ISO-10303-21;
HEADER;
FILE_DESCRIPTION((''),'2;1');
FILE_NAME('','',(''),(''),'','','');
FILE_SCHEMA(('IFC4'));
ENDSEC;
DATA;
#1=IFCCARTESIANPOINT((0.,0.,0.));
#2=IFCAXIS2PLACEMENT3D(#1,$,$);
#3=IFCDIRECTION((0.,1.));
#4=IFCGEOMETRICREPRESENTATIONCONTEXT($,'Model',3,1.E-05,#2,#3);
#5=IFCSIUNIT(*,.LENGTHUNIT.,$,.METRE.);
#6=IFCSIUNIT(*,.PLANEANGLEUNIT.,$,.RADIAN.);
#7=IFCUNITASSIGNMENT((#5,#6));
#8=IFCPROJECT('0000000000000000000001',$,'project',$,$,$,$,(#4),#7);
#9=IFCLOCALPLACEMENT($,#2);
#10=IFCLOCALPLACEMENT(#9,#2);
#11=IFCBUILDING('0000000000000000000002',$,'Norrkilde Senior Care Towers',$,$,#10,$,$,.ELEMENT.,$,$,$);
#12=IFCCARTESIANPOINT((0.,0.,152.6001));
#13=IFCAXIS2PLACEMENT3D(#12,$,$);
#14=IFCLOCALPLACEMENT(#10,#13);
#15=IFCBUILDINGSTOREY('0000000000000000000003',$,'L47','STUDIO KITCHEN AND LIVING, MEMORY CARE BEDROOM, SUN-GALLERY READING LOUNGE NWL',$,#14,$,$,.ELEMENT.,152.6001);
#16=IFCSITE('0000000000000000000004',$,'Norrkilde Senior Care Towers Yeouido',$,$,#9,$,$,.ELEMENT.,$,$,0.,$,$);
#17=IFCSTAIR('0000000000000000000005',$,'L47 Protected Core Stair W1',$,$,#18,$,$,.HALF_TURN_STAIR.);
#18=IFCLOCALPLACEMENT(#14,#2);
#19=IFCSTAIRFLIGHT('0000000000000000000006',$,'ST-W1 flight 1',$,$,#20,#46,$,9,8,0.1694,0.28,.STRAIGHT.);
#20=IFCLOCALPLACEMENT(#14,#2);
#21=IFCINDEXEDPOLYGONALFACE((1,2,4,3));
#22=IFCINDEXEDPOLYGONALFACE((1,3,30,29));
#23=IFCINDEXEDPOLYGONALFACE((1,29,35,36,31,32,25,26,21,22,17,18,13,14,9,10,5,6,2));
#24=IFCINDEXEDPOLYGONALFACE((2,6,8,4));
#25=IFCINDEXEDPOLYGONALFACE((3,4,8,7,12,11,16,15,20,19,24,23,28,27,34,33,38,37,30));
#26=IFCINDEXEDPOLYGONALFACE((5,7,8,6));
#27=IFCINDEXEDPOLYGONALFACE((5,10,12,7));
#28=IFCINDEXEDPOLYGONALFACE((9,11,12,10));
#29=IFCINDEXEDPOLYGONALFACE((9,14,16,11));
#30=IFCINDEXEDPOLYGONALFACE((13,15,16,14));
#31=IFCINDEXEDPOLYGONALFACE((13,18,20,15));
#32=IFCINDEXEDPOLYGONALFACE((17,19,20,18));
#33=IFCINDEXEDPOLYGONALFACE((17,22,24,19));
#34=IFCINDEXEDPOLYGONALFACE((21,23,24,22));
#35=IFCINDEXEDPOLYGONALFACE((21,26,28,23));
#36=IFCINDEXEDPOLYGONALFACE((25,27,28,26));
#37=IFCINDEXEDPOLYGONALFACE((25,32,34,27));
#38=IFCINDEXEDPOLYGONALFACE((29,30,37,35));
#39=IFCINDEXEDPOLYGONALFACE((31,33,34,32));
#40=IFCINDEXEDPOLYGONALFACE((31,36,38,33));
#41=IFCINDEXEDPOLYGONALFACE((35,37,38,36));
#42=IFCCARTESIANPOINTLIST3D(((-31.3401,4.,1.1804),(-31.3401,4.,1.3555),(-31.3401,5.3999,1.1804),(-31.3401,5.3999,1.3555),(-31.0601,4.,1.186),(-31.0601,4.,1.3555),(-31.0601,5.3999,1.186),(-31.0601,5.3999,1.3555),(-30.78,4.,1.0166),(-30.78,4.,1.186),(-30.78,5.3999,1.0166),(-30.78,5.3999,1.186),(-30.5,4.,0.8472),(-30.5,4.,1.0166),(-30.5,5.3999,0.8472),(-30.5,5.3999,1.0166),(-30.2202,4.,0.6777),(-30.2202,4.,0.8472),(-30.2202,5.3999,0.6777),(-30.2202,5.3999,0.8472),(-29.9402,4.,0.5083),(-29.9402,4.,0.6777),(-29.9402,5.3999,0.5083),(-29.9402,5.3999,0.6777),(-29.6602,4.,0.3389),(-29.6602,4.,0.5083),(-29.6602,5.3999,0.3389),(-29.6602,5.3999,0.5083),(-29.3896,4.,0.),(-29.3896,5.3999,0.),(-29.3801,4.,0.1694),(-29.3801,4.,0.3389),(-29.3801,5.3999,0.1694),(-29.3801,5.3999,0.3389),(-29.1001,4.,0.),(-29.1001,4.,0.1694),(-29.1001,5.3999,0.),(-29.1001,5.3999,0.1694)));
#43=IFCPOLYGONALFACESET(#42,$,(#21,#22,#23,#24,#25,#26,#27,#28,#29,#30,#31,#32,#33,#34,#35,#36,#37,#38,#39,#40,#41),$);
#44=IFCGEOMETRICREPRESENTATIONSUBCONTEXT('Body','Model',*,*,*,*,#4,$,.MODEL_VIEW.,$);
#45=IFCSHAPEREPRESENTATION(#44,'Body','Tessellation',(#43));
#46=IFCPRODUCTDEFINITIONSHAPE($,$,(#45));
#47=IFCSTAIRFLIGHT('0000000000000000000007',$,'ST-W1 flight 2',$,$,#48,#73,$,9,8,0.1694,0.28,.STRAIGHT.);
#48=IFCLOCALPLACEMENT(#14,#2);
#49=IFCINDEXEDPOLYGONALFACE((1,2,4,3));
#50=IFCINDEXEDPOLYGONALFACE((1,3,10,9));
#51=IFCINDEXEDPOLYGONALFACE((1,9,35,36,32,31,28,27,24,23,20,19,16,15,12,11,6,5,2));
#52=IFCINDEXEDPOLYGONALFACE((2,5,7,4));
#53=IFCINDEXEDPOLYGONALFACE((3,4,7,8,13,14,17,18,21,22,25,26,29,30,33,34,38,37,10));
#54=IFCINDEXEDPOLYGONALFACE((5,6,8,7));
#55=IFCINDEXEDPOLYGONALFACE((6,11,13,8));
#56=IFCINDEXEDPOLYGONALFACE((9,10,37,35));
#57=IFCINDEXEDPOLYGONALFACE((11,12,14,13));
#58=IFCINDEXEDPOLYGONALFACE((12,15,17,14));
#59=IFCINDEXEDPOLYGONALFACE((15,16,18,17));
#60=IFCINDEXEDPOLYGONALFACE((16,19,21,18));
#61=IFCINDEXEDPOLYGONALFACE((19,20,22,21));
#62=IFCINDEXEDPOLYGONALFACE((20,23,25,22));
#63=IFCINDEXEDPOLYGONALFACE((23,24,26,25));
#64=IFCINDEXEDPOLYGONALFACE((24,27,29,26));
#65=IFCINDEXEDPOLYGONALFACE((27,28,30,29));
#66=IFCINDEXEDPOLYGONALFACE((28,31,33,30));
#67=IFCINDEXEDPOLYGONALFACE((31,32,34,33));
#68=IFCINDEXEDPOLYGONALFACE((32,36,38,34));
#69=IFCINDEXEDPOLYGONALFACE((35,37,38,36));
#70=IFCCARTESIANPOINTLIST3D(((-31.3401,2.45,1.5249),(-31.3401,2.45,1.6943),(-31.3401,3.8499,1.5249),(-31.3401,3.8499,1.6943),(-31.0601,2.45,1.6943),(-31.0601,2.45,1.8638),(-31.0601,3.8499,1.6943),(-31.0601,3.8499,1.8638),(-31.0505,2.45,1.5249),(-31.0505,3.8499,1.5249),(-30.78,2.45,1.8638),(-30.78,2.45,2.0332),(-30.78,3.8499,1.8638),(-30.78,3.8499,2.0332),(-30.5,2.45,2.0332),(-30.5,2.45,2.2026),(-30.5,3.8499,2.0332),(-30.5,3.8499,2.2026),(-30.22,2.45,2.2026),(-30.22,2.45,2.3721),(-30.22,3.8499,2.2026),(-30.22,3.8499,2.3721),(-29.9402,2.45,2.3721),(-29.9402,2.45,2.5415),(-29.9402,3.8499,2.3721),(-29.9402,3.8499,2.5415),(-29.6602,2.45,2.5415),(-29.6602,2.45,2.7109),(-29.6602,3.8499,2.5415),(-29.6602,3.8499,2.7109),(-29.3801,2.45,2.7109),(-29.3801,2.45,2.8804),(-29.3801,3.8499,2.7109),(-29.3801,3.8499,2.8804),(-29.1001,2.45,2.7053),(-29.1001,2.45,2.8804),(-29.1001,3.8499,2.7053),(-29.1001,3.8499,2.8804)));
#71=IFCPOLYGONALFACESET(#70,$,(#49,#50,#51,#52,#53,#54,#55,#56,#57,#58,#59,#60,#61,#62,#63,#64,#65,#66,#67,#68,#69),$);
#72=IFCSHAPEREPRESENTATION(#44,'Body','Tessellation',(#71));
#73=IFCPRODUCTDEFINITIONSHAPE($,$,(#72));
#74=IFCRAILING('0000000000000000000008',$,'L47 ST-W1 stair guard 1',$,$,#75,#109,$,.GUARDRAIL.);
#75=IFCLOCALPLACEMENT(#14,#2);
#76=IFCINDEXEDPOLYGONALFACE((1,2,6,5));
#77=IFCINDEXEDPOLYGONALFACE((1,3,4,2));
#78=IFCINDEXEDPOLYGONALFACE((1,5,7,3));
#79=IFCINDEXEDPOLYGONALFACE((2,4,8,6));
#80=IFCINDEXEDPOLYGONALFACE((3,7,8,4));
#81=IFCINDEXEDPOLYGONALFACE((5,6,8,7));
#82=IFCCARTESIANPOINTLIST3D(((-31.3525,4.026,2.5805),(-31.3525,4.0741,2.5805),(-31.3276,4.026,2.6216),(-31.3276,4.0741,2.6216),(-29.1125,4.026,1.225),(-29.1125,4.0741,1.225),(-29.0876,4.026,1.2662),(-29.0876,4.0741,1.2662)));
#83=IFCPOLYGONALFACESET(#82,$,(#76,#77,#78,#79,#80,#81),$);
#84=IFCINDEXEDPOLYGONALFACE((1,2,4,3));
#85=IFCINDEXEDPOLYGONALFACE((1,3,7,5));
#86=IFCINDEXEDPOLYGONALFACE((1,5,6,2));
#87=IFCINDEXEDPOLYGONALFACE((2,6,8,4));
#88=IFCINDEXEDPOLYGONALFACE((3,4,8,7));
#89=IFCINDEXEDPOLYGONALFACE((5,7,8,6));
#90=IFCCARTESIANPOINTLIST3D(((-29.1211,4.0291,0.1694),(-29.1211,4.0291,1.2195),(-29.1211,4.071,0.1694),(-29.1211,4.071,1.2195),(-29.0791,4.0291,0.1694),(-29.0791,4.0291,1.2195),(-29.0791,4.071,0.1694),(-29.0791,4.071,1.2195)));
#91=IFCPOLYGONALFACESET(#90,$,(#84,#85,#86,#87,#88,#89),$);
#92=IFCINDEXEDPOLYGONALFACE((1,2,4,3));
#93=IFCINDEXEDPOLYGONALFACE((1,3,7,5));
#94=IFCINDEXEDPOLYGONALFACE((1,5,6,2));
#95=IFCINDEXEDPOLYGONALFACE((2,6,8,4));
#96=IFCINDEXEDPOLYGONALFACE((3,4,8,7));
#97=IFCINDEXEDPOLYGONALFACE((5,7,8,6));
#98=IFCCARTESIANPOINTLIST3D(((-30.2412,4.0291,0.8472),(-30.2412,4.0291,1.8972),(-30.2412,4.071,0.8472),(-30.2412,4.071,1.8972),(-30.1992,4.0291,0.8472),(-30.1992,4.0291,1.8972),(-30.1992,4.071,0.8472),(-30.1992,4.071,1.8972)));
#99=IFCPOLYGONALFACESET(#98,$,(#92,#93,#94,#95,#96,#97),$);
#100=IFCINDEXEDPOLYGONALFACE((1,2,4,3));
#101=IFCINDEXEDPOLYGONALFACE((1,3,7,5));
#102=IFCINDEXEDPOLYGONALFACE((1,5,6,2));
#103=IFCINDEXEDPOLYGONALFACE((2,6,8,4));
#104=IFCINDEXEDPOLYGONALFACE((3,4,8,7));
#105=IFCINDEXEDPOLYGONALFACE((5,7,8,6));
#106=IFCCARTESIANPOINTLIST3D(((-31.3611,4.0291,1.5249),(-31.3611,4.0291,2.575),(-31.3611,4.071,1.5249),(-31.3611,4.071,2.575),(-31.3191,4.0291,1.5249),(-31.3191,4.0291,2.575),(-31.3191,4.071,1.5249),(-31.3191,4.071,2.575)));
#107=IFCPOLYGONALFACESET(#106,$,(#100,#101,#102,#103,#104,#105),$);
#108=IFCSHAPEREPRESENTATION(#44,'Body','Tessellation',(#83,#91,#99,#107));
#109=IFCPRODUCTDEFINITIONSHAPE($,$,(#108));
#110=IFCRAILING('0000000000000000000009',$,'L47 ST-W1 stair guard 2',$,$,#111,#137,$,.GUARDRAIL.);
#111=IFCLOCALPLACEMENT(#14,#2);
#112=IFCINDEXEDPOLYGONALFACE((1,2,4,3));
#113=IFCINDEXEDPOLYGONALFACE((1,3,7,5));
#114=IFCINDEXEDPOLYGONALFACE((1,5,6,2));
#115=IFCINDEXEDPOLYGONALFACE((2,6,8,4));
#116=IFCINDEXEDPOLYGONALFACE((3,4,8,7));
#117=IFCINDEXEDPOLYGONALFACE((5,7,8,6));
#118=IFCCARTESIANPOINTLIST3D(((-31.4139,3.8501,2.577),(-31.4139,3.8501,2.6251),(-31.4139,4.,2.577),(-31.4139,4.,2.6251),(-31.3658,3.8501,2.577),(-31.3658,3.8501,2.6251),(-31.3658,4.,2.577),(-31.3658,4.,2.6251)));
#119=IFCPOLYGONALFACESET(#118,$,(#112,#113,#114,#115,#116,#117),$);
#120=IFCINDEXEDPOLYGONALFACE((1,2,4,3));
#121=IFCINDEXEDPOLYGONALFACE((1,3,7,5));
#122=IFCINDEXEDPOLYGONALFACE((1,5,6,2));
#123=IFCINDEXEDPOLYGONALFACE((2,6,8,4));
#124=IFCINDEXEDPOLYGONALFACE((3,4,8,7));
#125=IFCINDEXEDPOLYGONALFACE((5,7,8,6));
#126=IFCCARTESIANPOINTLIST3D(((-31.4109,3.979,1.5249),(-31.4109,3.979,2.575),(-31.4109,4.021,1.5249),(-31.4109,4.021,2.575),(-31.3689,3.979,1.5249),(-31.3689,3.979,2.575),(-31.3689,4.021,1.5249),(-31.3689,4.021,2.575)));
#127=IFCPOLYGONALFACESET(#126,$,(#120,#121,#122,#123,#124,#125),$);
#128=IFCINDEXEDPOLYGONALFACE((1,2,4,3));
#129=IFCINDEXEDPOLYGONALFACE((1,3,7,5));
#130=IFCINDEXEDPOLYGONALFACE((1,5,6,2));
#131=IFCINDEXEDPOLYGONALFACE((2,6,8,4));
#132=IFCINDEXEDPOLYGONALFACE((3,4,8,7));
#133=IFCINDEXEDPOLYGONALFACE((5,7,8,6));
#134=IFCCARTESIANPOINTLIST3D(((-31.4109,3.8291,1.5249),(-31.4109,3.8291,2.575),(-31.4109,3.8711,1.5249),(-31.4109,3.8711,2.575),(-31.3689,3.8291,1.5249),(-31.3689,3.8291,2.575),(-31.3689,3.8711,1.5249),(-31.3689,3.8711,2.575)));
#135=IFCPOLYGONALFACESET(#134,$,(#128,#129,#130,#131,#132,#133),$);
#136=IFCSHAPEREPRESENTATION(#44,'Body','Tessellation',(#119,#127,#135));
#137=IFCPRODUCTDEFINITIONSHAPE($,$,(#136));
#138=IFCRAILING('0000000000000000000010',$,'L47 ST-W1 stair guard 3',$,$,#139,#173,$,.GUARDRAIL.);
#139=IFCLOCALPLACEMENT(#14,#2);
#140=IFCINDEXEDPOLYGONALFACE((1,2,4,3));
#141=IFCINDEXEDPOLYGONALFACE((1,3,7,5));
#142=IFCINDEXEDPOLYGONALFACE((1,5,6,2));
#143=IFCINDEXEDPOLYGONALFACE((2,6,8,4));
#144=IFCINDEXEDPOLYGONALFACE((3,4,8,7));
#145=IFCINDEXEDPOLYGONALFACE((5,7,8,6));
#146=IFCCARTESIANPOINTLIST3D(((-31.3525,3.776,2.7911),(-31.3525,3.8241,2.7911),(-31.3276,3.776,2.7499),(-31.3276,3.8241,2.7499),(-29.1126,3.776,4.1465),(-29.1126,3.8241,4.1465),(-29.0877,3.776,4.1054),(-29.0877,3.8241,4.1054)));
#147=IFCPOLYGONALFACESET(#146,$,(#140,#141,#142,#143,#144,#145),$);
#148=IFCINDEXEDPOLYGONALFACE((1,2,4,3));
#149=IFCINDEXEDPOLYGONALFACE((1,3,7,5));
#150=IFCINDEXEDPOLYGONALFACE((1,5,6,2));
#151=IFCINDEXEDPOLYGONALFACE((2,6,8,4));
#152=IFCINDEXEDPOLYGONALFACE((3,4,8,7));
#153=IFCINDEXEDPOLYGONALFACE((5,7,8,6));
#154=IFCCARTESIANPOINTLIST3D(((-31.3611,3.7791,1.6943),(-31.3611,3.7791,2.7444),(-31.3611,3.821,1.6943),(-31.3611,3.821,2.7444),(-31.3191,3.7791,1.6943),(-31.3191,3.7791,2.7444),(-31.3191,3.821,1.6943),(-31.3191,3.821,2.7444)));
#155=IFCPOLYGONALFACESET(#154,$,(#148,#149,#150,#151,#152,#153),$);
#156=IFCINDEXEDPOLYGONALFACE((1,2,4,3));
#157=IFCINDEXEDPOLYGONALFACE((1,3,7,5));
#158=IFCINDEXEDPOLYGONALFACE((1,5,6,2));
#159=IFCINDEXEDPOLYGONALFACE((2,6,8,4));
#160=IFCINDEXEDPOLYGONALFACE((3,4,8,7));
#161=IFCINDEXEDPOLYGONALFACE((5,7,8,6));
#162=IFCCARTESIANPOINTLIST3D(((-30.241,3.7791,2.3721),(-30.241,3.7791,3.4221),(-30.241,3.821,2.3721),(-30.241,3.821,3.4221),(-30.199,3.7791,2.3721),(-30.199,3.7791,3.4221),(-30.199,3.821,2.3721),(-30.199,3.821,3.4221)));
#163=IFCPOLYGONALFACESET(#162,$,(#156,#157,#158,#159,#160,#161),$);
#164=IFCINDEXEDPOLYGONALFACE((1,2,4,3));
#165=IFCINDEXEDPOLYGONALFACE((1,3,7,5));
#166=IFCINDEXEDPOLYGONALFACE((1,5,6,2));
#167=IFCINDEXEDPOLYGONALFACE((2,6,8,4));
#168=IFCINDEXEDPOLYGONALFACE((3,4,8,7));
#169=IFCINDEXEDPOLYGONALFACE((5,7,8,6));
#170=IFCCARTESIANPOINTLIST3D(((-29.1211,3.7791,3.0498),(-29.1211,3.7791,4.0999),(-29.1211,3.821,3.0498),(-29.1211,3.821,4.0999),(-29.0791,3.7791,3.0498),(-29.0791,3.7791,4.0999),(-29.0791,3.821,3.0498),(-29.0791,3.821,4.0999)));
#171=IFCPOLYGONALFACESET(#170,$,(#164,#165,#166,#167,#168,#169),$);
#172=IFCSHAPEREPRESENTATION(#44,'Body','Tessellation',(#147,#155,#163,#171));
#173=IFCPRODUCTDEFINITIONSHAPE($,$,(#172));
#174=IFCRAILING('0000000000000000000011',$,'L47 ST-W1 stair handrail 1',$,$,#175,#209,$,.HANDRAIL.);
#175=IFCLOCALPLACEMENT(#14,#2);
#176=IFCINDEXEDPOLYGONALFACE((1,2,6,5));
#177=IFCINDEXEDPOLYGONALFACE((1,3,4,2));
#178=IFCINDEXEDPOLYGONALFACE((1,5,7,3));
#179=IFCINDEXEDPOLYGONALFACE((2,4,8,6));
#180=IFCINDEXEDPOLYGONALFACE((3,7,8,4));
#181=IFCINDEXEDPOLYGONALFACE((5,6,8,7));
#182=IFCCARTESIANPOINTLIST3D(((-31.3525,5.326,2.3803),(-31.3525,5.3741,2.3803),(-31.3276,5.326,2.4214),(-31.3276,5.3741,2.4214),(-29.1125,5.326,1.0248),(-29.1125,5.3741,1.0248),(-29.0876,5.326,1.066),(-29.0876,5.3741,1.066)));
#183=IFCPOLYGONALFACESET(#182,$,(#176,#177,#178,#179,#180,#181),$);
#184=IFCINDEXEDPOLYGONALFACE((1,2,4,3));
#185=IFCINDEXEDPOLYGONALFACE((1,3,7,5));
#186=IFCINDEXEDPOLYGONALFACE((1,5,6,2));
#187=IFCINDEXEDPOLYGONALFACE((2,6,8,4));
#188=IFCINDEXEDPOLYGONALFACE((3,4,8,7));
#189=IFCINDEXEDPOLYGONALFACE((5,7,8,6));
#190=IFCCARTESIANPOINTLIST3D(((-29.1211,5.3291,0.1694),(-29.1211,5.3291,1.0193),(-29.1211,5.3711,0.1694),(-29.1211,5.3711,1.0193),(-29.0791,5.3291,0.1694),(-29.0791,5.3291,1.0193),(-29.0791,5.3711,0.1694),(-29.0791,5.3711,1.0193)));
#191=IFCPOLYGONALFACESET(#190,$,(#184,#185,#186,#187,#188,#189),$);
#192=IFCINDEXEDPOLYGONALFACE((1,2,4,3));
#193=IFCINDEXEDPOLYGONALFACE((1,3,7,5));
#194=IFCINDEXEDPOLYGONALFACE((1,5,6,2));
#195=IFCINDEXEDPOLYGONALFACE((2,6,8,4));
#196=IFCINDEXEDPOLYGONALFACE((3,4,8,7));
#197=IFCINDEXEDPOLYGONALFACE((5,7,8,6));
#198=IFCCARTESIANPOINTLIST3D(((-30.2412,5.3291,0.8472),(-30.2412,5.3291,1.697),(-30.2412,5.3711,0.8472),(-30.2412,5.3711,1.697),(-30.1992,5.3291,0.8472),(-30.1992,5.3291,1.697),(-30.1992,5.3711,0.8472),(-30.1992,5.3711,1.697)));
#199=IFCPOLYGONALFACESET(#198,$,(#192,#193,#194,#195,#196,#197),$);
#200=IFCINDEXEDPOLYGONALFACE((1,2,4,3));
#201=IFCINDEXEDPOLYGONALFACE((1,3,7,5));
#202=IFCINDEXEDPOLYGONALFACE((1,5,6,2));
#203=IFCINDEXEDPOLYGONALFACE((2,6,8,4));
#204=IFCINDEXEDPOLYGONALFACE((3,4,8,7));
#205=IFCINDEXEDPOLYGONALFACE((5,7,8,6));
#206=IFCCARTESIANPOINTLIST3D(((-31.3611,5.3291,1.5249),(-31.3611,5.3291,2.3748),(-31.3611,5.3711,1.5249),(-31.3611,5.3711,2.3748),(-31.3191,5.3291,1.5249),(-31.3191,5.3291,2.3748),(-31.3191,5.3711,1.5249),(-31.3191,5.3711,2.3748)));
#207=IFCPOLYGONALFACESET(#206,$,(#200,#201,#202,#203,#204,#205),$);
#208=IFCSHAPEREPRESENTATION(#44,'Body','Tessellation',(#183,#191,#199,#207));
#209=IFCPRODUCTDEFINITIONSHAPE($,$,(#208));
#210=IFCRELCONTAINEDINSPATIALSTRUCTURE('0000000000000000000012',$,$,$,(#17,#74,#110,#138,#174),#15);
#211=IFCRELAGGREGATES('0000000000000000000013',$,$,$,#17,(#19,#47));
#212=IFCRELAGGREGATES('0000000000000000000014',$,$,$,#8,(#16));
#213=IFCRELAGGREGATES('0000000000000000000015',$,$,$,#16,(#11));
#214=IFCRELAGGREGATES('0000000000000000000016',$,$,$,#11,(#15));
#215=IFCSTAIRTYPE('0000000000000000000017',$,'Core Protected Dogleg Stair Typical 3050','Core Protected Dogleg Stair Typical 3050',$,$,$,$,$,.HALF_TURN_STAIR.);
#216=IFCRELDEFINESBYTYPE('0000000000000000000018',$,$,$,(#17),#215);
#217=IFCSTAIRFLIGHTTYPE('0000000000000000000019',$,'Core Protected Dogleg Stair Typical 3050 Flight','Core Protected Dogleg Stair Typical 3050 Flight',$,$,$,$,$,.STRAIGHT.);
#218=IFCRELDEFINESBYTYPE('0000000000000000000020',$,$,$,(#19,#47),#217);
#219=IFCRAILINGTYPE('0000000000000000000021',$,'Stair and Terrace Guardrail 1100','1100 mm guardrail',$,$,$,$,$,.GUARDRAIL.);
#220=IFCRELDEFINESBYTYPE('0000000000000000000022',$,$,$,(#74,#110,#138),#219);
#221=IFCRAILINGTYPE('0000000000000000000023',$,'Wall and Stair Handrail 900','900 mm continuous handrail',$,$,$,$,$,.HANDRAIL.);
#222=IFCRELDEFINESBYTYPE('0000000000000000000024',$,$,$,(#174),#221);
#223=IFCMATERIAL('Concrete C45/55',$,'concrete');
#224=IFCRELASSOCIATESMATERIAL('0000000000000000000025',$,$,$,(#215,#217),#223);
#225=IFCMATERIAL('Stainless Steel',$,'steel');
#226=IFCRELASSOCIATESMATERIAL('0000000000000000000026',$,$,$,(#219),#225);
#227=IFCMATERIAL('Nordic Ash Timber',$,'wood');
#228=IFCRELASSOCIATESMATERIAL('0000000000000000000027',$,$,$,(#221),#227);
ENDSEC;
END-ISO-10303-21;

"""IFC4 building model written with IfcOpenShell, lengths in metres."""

from ifc_helpers import new_model, si_unit, direction, frame, origin, origin_2d, place, context, subcontext, project, spatial, polyline, rectangle, outline, extrude, material, type_object, element, aggregate, save


model = new_model("IFC4")

# Units and contexts
model_context = context("Model", 3, precision=1e-05, world=origin(), true_north=direction((0.0, 1.0)))
body_context = subcontext(model_context, "Body", "Model", "MODEL_VIEW")
ifc_project = project(units=[si_unit("LENGTHUNIT", "METRE"), si_unit("PLANEANGLEUNIT", "RADIAN")], contexts=[model_context])

# Site, building, storey
site_placement = place(None, origin())
site = spatial("IfcSite", under=ifc_project, at=site_placement, Name="Norrkilde Senior Care Towers Yeouido", CompositionType="ELEMENT", RefElevation=0.0)
building_placement = place(site_placement, origin())
building = spatial("IfcBuilding", under=site, at=building_placement, Name="Norrkilde Senior Care Towers", CompositionType="ELEMENT")
storey_placement = place(building_placement, frame((0.0, 0.0, 152.6001)))
storey = spatial("IfcBuildingStorey", under=building, at=storey_placement, Name="L47", Description="STUDIO KITCHEN AND LIVING, MEMORY CARE BEDROOM, SUN-GALLERY READING LOUNGE NWL", CompositionType="ELEMENT", Elevation=152.6001)

# Shared definitions
ifc_material_1 = material(Name="Concrete C45/55", Category="concrete")

# Shared definitions
ifc_material_2 = material(Name="Nordic Ash Timber", Category="wood")

# Stair, stair flights
stair_type = type_object("IfcStairType", Name="Core Protected Dogleg Stair Typical 3050", Description="Core Protected Dogleg Stair Typical 3050", PredefinedType="HALF_TURN_STAIR", material=ifc_material_1)
stair_placement = place(storey_placement, origin())
stair = element("IfcStair", 1, at=stair_placement, inside=storey, type_object=stair_type, Name="L47 Protected Core Stair W1", PredefinedType="HALF_TURN_STAIR")
stair_flight_type = type_object("IfcStairFlightType", Name="Core Protected Dogleg Stair Typical 3050 Flight", Description="Core Protected Dogleg Stair Typical 3050 Flight", PredefinedType="STRAIGHT", material=ifc_material_1)
stair_flight_1_placement = place(storey_placement, frame((-29.1001, 4.7, 0.0), z_axis=(0.0, 0.0, 1.0), x_axis=(-1.0, 0.0, 0.0)))
stair_flight_1 = element("IfcStairFlight", 2, at=stair_flight_1_placement, type_object=stair_flight_type, Name="ST-W1 flight 1", NumberOfRisers=9, NumberOfTreads=8, PredefinedType="STRAIGHT", RiserHeight=0.1694, TreadLength=0.28, context=body_context, shape_type="SweptSolid", body=[
    extrude(outline(polyline([(0.0, 0.0), (0.0, 0.1694), (0.28, 0.1694), (0.28, 0.3389), (0.5601, 0.3389), (0.5601, 0.5083), (0.8401, 0.5083), (0.8401, 0.6777), (1.1201, 0.6777), (1.1201, 0.8472), (1.3999, 0.8472), (1.3999, 1.0166), (1.6799, 1.0166), (1.6799, 1.186), (1.96, 1.186), (1.96, 1.3555), (2.24, 1.3555), (2.24, 1.5249), (2.24, 1.1804), (0.2896, 0.0), (0.0, 0.0)])), frame((0.0, 0.7, 0.0), z_axis=(0.0, -1.0, 0.0), x_axis=(1.0, 0.0, 0.0)), (0.0, 0.0, 1.0), 1.3999),
])
stair_flight_2_placement = place(storey_placement, frame((-31.3401, 3.1499, 1.5249), z_axis=(0.0, 0.0, 1.0), x_axis=(1.0, 0.0, 0.0)))
stair_flight_2 = element("IfcStairFlight", 3, at=stair_flight_2_placement, type_object=stair_flight_type, Name="ST-W1 flight 2", NumberOfRisers=9, NumberOfTreads=8, PredefinedType="STRAIGHT", RiserHeight=0.1694, TreadLength=0.28, context=body_context, shape_type="SweptSolid", body=[
    extrude(outline(polyline([(0.0, 0.0), (0.0, 0.1694), (0.28, 0.1694), (0.28, 0.3389), (0.5601, 0.3389), (0.5601, 0.5083), (0.8401, 0.5083), (0.8401, 0.6777), (1.1201, 0.6777), (1.1201, 0.8472), (1.3999, 0.8472), (1.3999, 1.0166), (1.6799, 1.0166), (1.6799, 1.186), (1.96, 1.186), (1.96, 1.3555), (2.24, 1.3555), (2.24, 1.5249), (2.24, 1.1804), (0.2896, 0.0), (0.0, 0.0)])), frame((0.0, 0.7, 0.0), z_axis=(0.0, -1.0, 0.0), x_axis=(1.0, 0.0, 0.0)), (0.0, 0.0, 1.0), 1.3999),
])
aggregate(stair, [stair_flight_1, stair_flight_2])

# Railings
ifc_material_3 = material(Name="Stainless Steel", Category="steel")
railing_type_1 = type_object("IfcRailingType", Name="Stair and Terrace Guardrail 1100", Description="1100 mm guardrail", PredefinedType="GUARDRAIL", material=ifc_material_3)
railing_1_placement = place(storey_placement, frame((-29.1001, 4.05, 0.1694)))
element("IfcRailing", 4, at=railing_1_placement, inside=storey, type_object=railing_type_1, Name="L47 ST-W1 stair guard 1", PredefinedType="GUARDRAIL", context=body_context, shape_type="SweptSolid", body=[
    extrude(rectangle(XDim=0.0481, YDim=0.0481, at=origin_2d()), frame((0.0, 0.0, 1.0762), z_axis=(-0.855553, 0.0, 0.517715), x_axis=(0.0, -1.0, 0.0)), (0.0, 0.0, 1.0), 2.6182),
    extrude(rectangle(XDim=0.042, YDim=0.042, at=origin_2d()), origin(), (0.0, 0.0, 1.0), 1.05),
    extrude(rectangle(XDim=0.042, YDim=0.042, at=origin_2d()), frame((-1.1201, 0.0, 0.6777)), (0.0, 0.0, 1.0), 1.05),
    extrude(rectangle(XDim=0.042, YDim=0.042, at=origin_2d()), frame((-2.24, 0.0, 1.3555)), (0.0, 0.0, 1.0), 1.05),
])
railing_2_placement = place(storey_placement, frame((-31.3899, 4.0, 1.5249)))
element("IfcRailing", 5, at=railing_2_placement, inside=storey, type_object=railing_type_1, Name="L47 ST-W1 stair guard 2", PredefinedType="GUARDRAIL", context=body_context, shape_type="SweptSolid", body=[
    extrude(rectangle(XDim=0.0481, YDim=0.0481, at=origin_2d()), frame((0.0, 0.0, 1.0762), z_axis=(0.0, -1.0, 0.0), x_axis=(1.0, 0.0, 0.0)), (0.0, 0.0, 1.0), 0.1499),
    extrude(rectangle(XDim=0.042, YDim=0.042, at=origin_2d()), origin(), (0.0, 0.0, 1.0), 1.05),
    extrude(rectangle(XDim=0.042, YDim=0.042, at=origin_2d()), frame((0.0, -0.1499, 0.0)), (0.0, 0.0, 1.0), 1.05),
])
railing_3_placement = place(storey_placement, frame((-31.3401, 3.8, 1.6943)))
element("IfcRailing", 6, at=railing_3_placement, inside=storey, type_object=railing_type_1, Name="L47 ST-W1 stair guard 3", PredefinedType="GUARDRAIL", context=body_context, shape_type="SweptSolid", body=[
    extrude(rectangle(XDim=0.0481, YDim=0.0481, at=origin_2d()), frame((0.0, 0.0, 1.0762), z_axis=(0.855553, 0.0, 0.517715), x_axis=(0.0, 1.0, 0.0)), (0.0, 0.0, 1.0), 2.6182),
    extrude(rectangle(XDim=0.042, YDim=0.042, at=origin_2d()), origin(), (0.0, 0.0, 1.0), 1.05),
    extrude(rectangle(XDim=0.042, YDim=0.042, at=origin_2d()), frame((1.1201, 0.0, 0.6777)), (0.0, 0.0, 1.0), 1.05),
    extrude(rectangle(XDim=0.042, YDim=0.042, at=origin_2d()), frame((2.24, 0.0, 1.3555)), (0.0, 0.0, 1.0), 1.05),
])
railing_type_2 = type_object("IfcRailingType", Name="Wall and Stair Handrail 900", Description="900 mm continuous handrail", PredefinedType="HANDRAIL", material=ifc_material_2)
railing_4_placement = place(storey_placement, frame((-29.1001, 5.3501, 0.1694)))
element("IfcRailing", 7, at=railing_4_placement, inside=storey, type_object=railing_type_2, Name="L47 ST-W1 stair handrail 1", PredefinedType="HANDRAIL", context=body_context, shape_type="SweptSolid", body=[
    extrude(rectangle(XDim=0.0481, YDim=0.0481, at=origin_2d()), frame((0.0, 0.0, 0.876), z_axis=(-0.855553, 0.0, 0.517715), x_axis=(0.0, -1.0, 0.0)), (0.0, 0.0, 1.0), 2.6182),
    extrude(rectangle(XDim=0.042, YDim=0.042, at=origin_2d()), origin(), (0.0, 0.0, 1.0), 0.8499),
    extrude(rectangle(XDim=0.042, YDim=0.042, at=origin_2d()), frame((-1.1201, 0.0, 0.6777)), (0.0, 0.0, 1.0), 0.8499),
    extrude(rectangle(XDim=0.042, YDim=0.042, at=origin_2d()), frame((-2.24, 0.0, 1.3555)), (0.0, 0.0, 1.0), 0.8499),
])

save(model, "model.ifc")
